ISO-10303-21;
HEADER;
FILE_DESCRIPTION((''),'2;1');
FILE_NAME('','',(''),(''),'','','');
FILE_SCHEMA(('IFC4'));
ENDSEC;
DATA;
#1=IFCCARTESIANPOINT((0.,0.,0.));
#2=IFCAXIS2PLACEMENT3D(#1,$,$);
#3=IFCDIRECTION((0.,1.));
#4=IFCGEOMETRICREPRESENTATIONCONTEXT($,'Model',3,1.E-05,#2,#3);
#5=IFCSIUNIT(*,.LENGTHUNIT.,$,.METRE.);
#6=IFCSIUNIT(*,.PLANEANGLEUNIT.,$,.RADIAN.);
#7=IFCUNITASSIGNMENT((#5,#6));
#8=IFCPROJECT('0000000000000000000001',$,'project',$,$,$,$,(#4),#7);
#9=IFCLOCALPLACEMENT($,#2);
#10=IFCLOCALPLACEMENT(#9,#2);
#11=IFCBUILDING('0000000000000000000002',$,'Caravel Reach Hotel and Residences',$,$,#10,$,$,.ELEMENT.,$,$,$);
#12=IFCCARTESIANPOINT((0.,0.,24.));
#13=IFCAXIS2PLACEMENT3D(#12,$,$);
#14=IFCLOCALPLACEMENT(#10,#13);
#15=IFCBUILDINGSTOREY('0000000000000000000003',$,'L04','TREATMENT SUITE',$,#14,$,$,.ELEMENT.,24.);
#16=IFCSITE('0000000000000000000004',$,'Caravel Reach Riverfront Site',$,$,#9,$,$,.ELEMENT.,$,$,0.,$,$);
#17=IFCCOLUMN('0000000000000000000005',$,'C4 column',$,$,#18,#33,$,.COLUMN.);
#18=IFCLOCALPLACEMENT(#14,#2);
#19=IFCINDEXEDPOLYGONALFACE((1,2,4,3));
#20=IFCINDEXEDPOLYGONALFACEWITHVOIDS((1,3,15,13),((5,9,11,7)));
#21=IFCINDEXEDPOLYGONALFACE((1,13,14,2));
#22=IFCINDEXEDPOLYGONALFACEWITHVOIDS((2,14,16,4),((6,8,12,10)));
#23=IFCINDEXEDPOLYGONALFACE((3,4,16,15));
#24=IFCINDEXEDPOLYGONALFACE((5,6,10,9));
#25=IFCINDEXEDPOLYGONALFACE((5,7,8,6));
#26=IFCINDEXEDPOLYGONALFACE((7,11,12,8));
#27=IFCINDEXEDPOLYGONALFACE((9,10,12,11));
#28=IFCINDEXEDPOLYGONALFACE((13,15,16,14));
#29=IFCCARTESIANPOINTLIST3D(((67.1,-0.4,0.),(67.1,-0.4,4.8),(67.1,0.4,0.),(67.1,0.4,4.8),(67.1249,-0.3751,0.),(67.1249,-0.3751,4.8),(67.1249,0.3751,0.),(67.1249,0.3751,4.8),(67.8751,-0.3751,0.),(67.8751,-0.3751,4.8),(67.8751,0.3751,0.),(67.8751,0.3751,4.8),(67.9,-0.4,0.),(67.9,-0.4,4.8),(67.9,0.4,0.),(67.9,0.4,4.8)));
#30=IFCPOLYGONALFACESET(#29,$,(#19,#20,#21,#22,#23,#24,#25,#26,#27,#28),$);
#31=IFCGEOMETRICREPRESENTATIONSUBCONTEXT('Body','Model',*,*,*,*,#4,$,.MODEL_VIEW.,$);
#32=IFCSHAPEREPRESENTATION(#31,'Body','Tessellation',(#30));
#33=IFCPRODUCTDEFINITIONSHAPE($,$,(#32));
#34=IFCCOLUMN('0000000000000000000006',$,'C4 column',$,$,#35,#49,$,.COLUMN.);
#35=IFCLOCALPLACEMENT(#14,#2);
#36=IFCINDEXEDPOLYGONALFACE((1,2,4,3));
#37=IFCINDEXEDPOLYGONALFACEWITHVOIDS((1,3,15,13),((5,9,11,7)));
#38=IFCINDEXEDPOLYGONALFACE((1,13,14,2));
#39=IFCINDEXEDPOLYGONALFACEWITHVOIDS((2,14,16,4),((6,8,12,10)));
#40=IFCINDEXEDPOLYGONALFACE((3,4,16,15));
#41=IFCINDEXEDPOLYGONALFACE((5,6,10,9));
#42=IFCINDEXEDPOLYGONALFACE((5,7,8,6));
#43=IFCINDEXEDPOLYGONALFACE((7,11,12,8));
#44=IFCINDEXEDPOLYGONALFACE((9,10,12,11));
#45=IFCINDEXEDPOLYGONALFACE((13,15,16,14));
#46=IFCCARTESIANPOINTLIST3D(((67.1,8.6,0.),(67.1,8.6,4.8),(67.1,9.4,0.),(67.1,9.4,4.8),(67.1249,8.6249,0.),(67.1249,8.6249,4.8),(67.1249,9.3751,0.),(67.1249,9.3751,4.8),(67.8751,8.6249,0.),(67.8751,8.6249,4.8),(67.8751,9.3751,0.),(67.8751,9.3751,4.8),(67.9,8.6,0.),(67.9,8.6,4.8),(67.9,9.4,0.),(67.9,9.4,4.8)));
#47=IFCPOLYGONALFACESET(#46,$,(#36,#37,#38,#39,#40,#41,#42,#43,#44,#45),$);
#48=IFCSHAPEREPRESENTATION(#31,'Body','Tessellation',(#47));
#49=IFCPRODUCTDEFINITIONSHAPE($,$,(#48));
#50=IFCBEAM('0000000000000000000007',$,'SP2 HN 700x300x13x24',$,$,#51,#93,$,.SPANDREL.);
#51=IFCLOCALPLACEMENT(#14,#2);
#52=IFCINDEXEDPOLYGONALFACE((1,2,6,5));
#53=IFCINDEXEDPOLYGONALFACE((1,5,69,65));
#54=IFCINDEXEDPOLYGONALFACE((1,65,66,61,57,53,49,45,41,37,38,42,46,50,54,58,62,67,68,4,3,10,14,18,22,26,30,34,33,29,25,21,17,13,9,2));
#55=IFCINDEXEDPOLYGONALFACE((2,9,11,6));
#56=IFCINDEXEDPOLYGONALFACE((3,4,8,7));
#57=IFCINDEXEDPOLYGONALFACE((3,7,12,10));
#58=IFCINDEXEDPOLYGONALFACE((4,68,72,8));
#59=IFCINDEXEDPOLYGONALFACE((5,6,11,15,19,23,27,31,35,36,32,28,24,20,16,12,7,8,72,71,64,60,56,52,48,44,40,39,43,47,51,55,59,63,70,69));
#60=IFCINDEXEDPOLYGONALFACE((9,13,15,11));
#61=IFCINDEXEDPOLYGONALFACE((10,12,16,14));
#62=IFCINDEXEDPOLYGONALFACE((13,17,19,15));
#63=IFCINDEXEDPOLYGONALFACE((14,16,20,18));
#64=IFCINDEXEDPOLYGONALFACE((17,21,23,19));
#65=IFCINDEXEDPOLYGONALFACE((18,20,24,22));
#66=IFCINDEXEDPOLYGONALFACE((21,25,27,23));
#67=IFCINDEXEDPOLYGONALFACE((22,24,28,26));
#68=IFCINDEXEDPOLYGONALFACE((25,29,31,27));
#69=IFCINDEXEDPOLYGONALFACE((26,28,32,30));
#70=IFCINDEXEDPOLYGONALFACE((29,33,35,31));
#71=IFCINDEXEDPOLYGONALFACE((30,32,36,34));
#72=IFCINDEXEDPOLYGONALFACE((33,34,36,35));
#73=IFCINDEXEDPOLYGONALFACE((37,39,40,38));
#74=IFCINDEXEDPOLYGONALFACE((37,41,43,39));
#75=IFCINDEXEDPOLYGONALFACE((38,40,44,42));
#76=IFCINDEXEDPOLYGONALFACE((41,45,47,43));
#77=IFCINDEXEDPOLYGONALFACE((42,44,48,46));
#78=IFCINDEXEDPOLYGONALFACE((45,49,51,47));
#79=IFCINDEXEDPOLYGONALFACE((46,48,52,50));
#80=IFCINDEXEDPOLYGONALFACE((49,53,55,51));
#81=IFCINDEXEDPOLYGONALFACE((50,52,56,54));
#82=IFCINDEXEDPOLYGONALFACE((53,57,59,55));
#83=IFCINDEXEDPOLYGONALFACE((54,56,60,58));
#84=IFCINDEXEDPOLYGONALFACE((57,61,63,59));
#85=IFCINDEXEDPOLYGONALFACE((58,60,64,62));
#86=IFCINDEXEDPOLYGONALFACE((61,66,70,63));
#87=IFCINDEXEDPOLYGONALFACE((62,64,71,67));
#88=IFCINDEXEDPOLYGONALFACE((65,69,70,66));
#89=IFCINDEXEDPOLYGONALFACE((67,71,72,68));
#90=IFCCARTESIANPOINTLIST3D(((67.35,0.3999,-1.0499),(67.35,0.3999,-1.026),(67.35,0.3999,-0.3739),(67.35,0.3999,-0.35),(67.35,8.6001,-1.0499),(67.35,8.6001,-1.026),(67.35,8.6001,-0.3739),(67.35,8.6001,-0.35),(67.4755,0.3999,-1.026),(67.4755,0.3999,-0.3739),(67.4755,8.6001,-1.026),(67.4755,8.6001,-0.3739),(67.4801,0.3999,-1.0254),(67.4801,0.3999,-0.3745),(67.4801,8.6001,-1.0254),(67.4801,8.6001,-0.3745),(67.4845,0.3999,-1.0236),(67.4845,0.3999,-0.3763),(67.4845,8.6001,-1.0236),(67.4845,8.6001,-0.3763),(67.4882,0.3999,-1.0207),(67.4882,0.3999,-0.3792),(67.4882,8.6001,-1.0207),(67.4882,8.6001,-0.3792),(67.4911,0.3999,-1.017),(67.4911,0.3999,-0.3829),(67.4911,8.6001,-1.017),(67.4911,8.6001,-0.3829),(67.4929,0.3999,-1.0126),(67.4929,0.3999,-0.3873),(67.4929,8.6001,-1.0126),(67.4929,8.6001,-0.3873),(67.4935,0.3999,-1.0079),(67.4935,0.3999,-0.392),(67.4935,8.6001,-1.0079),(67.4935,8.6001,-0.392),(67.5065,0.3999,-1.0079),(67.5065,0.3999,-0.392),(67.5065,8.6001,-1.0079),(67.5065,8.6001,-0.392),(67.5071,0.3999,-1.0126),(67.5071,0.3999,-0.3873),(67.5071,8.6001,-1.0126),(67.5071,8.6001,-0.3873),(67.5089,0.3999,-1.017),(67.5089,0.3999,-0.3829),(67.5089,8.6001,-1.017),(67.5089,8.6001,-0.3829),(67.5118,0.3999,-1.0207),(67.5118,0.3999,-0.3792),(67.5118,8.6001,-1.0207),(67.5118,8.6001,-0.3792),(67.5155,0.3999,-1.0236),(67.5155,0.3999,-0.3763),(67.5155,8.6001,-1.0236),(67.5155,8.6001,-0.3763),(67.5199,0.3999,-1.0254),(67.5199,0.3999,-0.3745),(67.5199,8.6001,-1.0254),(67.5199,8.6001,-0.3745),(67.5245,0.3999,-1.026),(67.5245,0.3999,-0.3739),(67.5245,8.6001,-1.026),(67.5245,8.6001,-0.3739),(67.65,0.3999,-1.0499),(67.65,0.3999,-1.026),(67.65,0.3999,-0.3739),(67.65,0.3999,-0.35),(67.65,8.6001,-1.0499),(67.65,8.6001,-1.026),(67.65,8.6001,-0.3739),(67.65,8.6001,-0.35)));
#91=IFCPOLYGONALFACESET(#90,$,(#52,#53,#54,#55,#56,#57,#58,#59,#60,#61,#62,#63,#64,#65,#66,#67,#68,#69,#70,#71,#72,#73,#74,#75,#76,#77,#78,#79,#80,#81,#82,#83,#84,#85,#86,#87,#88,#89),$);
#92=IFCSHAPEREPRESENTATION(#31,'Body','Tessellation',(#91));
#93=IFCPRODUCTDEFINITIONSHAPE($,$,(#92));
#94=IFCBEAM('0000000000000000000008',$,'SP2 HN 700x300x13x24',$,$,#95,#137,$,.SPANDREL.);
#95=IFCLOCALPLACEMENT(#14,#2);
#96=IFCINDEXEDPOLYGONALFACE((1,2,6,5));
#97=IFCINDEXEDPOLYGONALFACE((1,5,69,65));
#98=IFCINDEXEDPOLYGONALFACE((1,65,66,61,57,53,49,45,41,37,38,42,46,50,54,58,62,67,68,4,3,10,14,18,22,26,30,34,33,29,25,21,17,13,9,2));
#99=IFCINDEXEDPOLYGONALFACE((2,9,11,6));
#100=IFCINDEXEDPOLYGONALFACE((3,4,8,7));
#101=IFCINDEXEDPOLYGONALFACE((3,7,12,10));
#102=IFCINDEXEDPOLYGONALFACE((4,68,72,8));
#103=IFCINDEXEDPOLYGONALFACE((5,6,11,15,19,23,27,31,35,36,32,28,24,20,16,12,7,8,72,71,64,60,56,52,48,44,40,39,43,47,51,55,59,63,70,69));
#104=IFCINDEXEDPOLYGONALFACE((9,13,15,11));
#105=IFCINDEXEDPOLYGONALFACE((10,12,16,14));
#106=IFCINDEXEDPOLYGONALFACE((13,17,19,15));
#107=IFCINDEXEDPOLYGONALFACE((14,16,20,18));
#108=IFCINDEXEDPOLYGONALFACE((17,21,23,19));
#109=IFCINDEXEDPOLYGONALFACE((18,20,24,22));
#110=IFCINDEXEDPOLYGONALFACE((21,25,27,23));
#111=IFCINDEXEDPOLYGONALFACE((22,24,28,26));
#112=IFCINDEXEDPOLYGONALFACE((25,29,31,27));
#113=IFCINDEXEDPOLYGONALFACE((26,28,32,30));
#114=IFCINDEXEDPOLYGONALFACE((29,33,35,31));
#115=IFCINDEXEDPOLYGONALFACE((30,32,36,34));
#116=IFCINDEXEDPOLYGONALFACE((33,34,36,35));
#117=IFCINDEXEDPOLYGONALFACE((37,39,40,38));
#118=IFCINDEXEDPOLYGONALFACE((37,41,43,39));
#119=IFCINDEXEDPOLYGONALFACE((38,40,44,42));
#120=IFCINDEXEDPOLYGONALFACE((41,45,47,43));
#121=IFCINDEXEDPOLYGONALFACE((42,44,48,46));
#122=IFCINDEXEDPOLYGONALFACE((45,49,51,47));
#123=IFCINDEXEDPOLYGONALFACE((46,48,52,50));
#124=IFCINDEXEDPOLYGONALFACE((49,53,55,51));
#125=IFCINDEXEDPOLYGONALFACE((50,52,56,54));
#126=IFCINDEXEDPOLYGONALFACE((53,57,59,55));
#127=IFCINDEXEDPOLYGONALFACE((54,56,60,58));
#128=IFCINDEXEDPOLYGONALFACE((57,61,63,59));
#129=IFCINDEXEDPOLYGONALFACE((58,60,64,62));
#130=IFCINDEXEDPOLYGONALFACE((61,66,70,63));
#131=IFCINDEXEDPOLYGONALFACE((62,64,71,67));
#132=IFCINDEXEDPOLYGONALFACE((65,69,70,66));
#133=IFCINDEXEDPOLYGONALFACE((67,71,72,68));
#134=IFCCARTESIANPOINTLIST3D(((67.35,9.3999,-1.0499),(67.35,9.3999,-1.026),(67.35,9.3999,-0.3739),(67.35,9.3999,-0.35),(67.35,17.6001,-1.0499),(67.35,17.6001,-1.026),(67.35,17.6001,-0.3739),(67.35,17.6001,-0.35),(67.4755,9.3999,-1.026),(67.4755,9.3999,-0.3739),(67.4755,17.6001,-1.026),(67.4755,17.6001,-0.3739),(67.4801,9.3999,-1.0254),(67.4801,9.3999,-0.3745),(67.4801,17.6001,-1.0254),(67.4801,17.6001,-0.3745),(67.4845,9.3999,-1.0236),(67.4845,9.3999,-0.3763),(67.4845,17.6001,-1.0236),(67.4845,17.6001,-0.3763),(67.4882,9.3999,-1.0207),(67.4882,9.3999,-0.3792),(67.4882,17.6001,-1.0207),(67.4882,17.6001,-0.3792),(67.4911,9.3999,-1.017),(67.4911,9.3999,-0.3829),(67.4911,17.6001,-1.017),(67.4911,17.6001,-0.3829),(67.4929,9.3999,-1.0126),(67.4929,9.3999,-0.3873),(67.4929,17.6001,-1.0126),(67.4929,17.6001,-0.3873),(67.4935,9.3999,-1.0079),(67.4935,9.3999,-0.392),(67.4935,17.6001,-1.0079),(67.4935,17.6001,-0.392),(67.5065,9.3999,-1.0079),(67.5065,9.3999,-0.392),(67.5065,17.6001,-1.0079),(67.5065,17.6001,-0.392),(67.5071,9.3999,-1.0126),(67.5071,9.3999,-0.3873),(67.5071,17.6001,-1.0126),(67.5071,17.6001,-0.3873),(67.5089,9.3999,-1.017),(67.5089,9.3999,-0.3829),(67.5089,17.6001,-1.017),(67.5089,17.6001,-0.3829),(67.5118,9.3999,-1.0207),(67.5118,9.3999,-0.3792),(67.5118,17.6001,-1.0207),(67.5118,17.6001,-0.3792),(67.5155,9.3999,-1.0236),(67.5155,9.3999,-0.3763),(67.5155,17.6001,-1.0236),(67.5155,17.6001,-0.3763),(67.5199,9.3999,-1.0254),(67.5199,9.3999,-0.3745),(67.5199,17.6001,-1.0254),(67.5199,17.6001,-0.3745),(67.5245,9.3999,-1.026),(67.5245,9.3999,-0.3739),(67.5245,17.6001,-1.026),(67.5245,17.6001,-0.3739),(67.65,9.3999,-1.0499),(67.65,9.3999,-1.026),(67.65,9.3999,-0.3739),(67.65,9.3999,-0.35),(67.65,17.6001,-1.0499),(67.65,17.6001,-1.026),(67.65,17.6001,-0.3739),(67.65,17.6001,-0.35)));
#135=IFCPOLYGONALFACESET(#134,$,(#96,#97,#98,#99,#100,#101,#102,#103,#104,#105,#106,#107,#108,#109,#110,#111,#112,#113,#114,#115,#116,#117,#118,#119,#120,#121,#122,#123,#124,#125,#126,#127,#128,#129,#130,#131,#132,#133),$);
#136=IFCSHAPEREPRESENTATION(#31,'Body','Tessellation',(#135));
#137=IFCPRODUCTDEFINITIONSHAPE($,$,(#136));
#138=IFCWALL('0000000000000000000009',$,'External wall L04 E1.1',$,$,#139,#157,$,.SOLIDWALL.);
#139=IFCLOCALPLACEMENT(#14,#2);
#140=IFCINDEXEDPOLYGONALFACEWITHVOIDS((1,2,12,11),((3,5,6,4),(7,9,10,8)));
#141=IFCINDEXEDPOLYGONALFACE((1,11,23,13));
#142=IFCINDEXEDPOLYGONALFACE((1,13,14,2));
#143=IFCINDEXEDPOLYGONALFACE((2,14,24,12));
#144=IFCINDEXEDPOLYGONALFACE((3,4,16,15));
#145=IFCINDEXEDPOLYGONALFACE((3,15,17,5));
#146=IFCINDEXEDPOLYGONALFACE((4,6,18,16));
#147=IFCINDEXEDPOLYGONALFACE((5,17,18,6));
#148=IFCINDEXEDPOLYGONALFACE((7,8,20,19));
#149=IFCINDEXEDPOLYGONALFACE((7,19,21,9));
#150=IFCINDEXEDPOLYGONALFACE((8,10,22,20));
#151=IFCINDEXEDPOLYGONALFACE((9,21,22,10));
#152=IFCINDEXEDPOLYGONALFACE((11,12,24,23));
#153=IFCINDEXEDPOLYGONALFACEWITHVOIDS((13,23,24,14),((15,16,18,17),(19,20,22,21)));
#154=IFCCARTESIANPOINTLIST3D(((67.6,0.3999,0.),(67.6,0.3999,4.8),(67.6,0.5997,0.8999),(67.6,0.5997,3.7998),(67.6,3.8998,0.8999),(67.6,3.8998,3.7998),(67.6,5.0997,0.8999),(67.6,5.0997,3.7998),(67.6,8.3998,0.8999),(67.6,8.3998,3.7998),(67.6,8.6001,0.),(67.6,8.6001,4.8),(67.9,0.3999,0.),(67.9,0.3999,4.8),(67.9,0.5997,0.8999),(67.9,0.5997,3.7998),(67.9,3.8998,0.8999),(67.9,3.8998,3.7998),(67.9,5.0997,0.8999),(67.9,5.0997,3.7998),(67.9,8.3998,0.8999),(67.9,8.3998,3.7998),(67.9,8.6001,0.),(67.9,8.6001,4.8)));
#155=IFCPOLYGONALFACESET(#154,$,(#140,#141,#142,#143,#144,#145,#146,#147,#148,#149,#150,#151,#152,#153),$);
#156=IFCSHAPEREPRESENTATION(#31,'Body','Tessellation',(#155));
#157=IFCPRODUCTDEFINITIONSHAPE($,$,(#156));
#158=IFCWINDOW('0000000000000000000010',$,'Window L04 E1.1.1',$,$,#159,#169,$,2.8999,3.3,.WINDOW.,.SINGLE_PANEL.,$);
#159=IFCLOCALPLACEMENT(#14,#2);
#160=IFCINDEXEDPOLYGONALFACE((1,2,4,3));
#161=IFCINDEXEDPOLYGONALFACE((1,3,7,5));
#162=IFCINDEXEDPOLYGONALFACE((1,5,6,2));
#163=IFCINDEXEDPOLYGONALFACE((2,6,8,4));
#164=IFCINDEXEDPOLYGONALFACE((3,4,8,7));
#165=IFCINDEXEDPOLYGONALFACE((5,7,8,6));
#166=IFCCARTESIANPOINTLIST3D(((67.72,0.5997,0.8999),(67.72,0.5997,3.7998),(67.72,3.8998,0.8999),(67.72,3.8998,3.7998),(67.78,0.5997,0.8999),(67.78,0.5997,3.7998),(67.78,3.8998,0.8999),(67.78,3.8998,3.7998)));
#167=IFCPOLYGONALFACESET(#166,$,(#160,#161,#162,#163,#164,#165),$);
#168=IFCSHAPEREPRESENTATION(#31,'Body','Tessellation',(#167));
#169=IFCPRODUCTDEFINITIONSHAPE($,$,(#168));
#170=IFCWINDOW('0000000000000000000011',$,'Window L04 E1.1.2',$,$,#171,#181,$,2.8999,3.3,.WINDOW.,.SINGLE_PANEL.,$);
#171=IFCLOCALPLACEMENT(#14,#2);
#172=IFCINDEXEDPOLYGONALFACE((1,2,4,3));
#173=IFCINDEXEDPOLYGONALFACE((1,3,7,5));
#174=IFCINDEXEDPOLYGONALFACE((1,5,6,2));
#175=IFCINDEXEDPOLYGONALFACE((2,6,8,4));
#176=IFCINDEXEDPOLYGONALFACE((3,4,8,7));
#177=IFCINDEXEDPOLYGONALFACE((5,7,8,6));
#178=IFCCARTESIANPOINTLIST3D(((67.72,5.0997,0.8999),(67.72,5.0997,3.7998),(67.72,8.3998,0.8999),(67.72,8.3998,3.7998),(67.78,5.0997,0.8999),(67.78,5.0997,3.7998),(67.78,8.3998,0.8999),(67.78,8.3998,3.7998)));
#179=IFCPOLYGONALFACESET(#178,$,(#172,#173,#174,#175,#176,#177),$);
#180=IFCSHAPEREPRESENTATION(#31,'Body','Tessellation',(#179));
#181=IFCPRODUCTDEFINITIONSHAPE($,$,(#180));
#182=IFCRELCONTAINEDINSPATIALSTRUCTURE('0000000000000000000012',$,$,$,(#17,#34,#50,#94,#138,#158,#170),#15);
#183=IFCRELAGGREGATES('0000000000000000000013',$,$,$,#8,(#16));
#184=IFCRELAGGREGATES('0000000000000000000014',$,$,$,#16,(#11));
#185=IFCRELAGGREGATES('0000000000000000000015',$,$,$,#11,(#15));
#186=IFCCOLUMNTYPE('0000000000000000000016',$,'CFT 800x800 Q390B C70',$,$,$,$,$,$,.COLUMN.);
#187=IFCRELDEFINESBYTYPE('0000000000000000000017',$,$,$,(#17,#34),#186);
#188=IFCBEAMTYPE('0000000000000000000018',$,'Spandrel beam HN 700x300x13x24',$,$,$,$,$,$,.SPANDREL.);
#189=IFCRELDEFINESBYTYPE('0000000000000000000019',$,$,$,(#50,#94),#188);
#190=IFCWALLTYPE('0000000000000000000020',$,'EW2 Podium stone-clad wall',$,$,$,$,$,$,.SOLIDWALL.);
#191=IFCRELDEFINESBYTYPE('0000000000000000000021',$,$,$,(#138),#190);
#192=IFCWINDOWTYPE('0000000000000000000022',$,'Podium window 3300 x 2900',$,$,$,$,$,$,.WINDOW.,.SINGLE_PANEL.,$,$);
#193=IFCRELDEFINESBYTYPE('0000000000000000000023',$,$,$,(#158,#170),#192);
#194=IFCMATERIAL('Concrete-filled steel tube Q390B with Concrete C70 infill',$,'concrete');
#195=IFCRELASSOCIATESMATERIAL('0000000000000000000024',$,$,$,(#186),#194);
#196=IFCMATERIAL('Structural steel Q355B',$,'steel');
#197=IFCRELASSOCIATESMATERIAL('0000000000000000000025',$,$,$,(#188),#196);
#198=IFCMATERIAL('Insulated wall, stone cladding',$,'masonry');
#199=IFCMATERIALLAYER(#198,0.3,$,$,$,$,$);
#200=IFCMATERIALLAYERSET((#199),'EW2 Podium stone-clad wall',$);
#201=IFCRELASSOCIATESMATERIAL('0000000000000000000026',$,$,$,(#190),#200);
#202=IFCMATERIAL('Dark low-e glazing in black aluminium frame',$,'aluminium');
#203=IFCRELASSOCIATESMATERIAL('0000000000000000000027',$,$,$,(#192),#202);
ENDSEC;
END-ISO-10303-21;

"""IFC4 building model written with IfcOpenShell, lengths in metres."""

from ifc_helpers import new_model, si_unit, direction, frame, frame_2d, origin, origin_2d, place, context, subcontext, project, spatial, rectangle, hollow_rectangle, i_section, extrude, material, layer, layer_set, material_profile, profile_set, type_object, element, fill, save


model = new_model("IFC4")

# Units and contexts
model_context = context("Model", 3, precision=1e-05, world=origin(), true_north=direction((0.0, 1.0)))
body_context = subcontext(model_context, "Body", "Model", "MODEL_VIEW")
ifc_project = project(units=[si_unit("LENGTHUNIT", "METRE"), si_unit("PLANEANGLEUNIT", "RADIAN")], contexts=[model_context])

# Site, building, storey
site_placement = place(None, origin())
site = spatial("IfcSite", under=ifc_project, at=site_placement, Name="Caravel Reach Riverfront Site", CompositionType="ELEMENT", RefElevation=0.0)
building_placement = place(site_placement, origin())
building = spatial("IfcBuilding", under=site, at=building_placement, Name="Caravel Reach Hotel and Residences", CompositionType="ELEMENT")
storey_placement = place(building_placement, frame((0.0, 0.0, 24.0)))
storey = spatial("IfcBuildingStorey", under=building, at=storey_placement, Name="L04", Description="TREATMENT SUITE", CompositionType="ELEMENT", Elevation=24.0)

# Columns
ifc_material_1 = material(Name="Concrete-filled steel tube Q390B with Concrete C70 infill", Category="concrete")
ifc_material_profile_1 = material_profile(ifc_material_1, hollow_rectangle(XDim=0.8, YDim=0.8, WallThickness=0.0249, at=origin_2d()), Name="RHS 800x800x25")
ifc_profile_set_1 = profile_set([ifc_material_profile_1], Name="Concrete-filled steel tube Q390B with Concrete C70 infill")
column_type = type_object("IfcColumnType", Name="CFT 800x800 Q390B C70", PredefinedType="COLUMN", material=ifc_profile_set_1)
for number, where, z_axis, x_axis, name in (
    (1, (67.5, 0.0, 0.0), (0.0, 0.0, 1.0), (1.0, 0.0, 0.0), "C4 column"),
    (2, (67.5, 9.0, 0.0), (0.0, 0.0, 1.0), (1.0, 0.0, 0.0), "C4 column"),
):
    element("IfcColumn", number, at=place(storey_placement, frame(where, z_axis=z_axis, x_axis=x_axis)), inside=storey, type_object=column_type, Name=name, PredefinedType="COLUMN", context=body_context, shape_type="SweptSolid", body=[
        extrude(hollow_rectangle(XDim=0.8, YDim=0.8, WallThickness=0.0249, at=origin_2d()), origin(), (0.0, 0.0, 1.0), 4.8),
    ])

# Beams
ifc_material_2 = material(Name="Structural steel Q355B", Category="steel")
ifc_material_profile_2 = material_profile(ifc_material_2, i_section(OverallWidth=0.3, OverallDepth=0.7, WebThickness=0.0129, FlangeThickness=0.0239, FilletRadius=0.0181, at=origin_2d()), Name="HN 700x300x13x24")
ifc_profile_set_2 = profile_set([ifc_material_profile_2], Name="Structural steel Q355B")
beam_type = type_object("IfcBeamType", Name="Spandrel beam HN 700x300x13x24", PredefinedType="SPANDREL", material=ifc_profile_set_2)
for number, where, z_axis, x_axis, name in (
    (3, (67.5, 0.3999, -0.7), (0.0, 1.0, 0.0), (-1.0, 0.0, 0.0), "SP2 HN 700x300x13x24"),
    (4, (67.5, 9.3999, -0.7), (0.0, 1.0, 0.0), (-1.0, 0.0, 0.0), "SP2 HN 700x300x13x24"),
):
    element("IfcBeam", number, at=place(storey_placement, frame(where, z_axis=z_axis, x_axis=x_axis)), inside=storey, type_object=beam_type, Name=name, PredefinedType="SPANDREL", context=body_context, shape_type="SweptSolid", body=[
        extrude(i_section(OverallWidth=0.3, OverallDepth=0.7, WebThickness=0.0129, FlangeThickness=0.0239, FilletRadius=0.0181, at=origin_2d()), origin(), (0.0, 0.0, 1.0), 8.2002),
    ])

# Wall, openings, windows
ifc_material_3 = material(Name="Insulated wall, stone cladding", Category="masonry")
ifc_layer_1 = layer(ifc_material_3, 0.3)
ifc_layer_set_1 = layer_set([ifc_layer_1], Name="EW2 Podium stone-clad wall")
wall_type_1 = type_object("IfcWallType", Name="EW2 Podium stone-clad wall", PredefinedType="SOLIDWALL", material=ifc_layer_set_1)
wall_1_placement = place(storey_placement, frame((67.75, 0.3999, 0.0), z_axis=(0.0, 0.0, 1.0), x_axis=(0.0, 1.0, 0.0)))
wall_1 = element("IfcWall", 5, at=wall_1_placement, inside=storey, type_object=wall_type_1, Name="External wall L04 E1.1", PredefinedType="SOLIDWALL", context=body_context, shape_type="SweptSolid", body=[
    extrude(rectangle(XDim=8.2002, YDim=0.3, at=frame_2d((4.1001, 0.0))), origin(), (0.0, 0.0, 1.0), 4.8),
])
opening_1_placement = place(wall_1_placement, frame((0.2, 0.0, 0.8999)))
opening_1 = element("IfcOpeningElement", 6, at=opening_1_placement, cuts=wall_1, PredefinedType="OPENING", context=body_context, shape_type="SweptSolid", body=[
    extrude(rectangle(XDim=3.3, YDim=2.8999, at=frame_2d((1.6499, 1.45))), frame((0.0, 0.1599, 0.0), z_axis=(0.0, -1.0, 0.0), x_axis=(1.0, 0.0, 0.0)), (0.0, 0.0, 1.0), 0.3201),
])
opening_2_placement = place(wall_1_placement, frame((4.7, 0.0, 0.8999)))
opening_2 = element("IfcOpeningElement", 7, at=opening_2_placement, cuts=wall_1, PredefinedType="OPENING", context=body_context, shape_type="SweptSolid", body=[
    extrude(rectangle(XDim=3.3, YDim=2.8999, at=frame_2d((1.6499, 1.45))), frame((0.0, 0.1599, 0.0), z_axis=(0.0, -1.0, 0.0), x_axis=(1.0, 0.0, 0.0)), (0.0, 0.0, 1.0), 0.3201),
])
ifc_material_4 = material(Name="Dark low-e glazing in black aluminium frame", Category="aluminium")
window_type = type_object("IfcWindowType", Name="Podium window 3300 x 2900", PartitioningType="SINGLE_PANEL", PredefinedType="WINDOW", material=ifc_material_4)
window_1_placement = place(opening_1_placement, origin())
window_1 = element("IfcWindow", 8, at=window_1_placement, inside=storey, type_object=window_type, Name="Window L04 E1.1.1", OverallHeight=2.8999, OverallWidth=3.3, PartitioningType="SINGLE_PANEL", PredefinedType="WINDOW", context=body_context, shape_type="SweptSolid", body=[
    extrude(rectangle(XDim=3.3, YDim=2.8999, at=frame_2d((1.6499, 1.45))), frame((0.0, 0.03, 0.0), z_axis=(0.0, -1.0, 0.0), x_axis=(1.0, 0.0, 0.0)), (0.0, 0.0, 1.0), 0.0601),
])
fill(opening_1, window_1)
window_2_placement = place(opening_2_placement, origin())
window_2 = element("IfcWindow", 9, at=window_2_placement, inside=storey, type_object=window_type, Name="Window L04 E1.1.2", OverallHeight=2.8999, OverallWidth=3.3, PartitioningType="SINGLE_PANEL", PredefinedType="WINDOW", context=body_context, shape_type="SweptSolid", body=[
    extrude(rectangle(XDim=3.3, YDim=2.8999, at=frame_2d((1.6499, 1.45))), frame((0.0, 0.03, 0.0), z_axis=(0.0, -1.0, 0.0), x_axis=(1.0, 0.0, 0.0)), (0.0, 0.0, 1.0), 0.0601),
])
fill(opening_2, window_2)

save(model, "model.ifc")
